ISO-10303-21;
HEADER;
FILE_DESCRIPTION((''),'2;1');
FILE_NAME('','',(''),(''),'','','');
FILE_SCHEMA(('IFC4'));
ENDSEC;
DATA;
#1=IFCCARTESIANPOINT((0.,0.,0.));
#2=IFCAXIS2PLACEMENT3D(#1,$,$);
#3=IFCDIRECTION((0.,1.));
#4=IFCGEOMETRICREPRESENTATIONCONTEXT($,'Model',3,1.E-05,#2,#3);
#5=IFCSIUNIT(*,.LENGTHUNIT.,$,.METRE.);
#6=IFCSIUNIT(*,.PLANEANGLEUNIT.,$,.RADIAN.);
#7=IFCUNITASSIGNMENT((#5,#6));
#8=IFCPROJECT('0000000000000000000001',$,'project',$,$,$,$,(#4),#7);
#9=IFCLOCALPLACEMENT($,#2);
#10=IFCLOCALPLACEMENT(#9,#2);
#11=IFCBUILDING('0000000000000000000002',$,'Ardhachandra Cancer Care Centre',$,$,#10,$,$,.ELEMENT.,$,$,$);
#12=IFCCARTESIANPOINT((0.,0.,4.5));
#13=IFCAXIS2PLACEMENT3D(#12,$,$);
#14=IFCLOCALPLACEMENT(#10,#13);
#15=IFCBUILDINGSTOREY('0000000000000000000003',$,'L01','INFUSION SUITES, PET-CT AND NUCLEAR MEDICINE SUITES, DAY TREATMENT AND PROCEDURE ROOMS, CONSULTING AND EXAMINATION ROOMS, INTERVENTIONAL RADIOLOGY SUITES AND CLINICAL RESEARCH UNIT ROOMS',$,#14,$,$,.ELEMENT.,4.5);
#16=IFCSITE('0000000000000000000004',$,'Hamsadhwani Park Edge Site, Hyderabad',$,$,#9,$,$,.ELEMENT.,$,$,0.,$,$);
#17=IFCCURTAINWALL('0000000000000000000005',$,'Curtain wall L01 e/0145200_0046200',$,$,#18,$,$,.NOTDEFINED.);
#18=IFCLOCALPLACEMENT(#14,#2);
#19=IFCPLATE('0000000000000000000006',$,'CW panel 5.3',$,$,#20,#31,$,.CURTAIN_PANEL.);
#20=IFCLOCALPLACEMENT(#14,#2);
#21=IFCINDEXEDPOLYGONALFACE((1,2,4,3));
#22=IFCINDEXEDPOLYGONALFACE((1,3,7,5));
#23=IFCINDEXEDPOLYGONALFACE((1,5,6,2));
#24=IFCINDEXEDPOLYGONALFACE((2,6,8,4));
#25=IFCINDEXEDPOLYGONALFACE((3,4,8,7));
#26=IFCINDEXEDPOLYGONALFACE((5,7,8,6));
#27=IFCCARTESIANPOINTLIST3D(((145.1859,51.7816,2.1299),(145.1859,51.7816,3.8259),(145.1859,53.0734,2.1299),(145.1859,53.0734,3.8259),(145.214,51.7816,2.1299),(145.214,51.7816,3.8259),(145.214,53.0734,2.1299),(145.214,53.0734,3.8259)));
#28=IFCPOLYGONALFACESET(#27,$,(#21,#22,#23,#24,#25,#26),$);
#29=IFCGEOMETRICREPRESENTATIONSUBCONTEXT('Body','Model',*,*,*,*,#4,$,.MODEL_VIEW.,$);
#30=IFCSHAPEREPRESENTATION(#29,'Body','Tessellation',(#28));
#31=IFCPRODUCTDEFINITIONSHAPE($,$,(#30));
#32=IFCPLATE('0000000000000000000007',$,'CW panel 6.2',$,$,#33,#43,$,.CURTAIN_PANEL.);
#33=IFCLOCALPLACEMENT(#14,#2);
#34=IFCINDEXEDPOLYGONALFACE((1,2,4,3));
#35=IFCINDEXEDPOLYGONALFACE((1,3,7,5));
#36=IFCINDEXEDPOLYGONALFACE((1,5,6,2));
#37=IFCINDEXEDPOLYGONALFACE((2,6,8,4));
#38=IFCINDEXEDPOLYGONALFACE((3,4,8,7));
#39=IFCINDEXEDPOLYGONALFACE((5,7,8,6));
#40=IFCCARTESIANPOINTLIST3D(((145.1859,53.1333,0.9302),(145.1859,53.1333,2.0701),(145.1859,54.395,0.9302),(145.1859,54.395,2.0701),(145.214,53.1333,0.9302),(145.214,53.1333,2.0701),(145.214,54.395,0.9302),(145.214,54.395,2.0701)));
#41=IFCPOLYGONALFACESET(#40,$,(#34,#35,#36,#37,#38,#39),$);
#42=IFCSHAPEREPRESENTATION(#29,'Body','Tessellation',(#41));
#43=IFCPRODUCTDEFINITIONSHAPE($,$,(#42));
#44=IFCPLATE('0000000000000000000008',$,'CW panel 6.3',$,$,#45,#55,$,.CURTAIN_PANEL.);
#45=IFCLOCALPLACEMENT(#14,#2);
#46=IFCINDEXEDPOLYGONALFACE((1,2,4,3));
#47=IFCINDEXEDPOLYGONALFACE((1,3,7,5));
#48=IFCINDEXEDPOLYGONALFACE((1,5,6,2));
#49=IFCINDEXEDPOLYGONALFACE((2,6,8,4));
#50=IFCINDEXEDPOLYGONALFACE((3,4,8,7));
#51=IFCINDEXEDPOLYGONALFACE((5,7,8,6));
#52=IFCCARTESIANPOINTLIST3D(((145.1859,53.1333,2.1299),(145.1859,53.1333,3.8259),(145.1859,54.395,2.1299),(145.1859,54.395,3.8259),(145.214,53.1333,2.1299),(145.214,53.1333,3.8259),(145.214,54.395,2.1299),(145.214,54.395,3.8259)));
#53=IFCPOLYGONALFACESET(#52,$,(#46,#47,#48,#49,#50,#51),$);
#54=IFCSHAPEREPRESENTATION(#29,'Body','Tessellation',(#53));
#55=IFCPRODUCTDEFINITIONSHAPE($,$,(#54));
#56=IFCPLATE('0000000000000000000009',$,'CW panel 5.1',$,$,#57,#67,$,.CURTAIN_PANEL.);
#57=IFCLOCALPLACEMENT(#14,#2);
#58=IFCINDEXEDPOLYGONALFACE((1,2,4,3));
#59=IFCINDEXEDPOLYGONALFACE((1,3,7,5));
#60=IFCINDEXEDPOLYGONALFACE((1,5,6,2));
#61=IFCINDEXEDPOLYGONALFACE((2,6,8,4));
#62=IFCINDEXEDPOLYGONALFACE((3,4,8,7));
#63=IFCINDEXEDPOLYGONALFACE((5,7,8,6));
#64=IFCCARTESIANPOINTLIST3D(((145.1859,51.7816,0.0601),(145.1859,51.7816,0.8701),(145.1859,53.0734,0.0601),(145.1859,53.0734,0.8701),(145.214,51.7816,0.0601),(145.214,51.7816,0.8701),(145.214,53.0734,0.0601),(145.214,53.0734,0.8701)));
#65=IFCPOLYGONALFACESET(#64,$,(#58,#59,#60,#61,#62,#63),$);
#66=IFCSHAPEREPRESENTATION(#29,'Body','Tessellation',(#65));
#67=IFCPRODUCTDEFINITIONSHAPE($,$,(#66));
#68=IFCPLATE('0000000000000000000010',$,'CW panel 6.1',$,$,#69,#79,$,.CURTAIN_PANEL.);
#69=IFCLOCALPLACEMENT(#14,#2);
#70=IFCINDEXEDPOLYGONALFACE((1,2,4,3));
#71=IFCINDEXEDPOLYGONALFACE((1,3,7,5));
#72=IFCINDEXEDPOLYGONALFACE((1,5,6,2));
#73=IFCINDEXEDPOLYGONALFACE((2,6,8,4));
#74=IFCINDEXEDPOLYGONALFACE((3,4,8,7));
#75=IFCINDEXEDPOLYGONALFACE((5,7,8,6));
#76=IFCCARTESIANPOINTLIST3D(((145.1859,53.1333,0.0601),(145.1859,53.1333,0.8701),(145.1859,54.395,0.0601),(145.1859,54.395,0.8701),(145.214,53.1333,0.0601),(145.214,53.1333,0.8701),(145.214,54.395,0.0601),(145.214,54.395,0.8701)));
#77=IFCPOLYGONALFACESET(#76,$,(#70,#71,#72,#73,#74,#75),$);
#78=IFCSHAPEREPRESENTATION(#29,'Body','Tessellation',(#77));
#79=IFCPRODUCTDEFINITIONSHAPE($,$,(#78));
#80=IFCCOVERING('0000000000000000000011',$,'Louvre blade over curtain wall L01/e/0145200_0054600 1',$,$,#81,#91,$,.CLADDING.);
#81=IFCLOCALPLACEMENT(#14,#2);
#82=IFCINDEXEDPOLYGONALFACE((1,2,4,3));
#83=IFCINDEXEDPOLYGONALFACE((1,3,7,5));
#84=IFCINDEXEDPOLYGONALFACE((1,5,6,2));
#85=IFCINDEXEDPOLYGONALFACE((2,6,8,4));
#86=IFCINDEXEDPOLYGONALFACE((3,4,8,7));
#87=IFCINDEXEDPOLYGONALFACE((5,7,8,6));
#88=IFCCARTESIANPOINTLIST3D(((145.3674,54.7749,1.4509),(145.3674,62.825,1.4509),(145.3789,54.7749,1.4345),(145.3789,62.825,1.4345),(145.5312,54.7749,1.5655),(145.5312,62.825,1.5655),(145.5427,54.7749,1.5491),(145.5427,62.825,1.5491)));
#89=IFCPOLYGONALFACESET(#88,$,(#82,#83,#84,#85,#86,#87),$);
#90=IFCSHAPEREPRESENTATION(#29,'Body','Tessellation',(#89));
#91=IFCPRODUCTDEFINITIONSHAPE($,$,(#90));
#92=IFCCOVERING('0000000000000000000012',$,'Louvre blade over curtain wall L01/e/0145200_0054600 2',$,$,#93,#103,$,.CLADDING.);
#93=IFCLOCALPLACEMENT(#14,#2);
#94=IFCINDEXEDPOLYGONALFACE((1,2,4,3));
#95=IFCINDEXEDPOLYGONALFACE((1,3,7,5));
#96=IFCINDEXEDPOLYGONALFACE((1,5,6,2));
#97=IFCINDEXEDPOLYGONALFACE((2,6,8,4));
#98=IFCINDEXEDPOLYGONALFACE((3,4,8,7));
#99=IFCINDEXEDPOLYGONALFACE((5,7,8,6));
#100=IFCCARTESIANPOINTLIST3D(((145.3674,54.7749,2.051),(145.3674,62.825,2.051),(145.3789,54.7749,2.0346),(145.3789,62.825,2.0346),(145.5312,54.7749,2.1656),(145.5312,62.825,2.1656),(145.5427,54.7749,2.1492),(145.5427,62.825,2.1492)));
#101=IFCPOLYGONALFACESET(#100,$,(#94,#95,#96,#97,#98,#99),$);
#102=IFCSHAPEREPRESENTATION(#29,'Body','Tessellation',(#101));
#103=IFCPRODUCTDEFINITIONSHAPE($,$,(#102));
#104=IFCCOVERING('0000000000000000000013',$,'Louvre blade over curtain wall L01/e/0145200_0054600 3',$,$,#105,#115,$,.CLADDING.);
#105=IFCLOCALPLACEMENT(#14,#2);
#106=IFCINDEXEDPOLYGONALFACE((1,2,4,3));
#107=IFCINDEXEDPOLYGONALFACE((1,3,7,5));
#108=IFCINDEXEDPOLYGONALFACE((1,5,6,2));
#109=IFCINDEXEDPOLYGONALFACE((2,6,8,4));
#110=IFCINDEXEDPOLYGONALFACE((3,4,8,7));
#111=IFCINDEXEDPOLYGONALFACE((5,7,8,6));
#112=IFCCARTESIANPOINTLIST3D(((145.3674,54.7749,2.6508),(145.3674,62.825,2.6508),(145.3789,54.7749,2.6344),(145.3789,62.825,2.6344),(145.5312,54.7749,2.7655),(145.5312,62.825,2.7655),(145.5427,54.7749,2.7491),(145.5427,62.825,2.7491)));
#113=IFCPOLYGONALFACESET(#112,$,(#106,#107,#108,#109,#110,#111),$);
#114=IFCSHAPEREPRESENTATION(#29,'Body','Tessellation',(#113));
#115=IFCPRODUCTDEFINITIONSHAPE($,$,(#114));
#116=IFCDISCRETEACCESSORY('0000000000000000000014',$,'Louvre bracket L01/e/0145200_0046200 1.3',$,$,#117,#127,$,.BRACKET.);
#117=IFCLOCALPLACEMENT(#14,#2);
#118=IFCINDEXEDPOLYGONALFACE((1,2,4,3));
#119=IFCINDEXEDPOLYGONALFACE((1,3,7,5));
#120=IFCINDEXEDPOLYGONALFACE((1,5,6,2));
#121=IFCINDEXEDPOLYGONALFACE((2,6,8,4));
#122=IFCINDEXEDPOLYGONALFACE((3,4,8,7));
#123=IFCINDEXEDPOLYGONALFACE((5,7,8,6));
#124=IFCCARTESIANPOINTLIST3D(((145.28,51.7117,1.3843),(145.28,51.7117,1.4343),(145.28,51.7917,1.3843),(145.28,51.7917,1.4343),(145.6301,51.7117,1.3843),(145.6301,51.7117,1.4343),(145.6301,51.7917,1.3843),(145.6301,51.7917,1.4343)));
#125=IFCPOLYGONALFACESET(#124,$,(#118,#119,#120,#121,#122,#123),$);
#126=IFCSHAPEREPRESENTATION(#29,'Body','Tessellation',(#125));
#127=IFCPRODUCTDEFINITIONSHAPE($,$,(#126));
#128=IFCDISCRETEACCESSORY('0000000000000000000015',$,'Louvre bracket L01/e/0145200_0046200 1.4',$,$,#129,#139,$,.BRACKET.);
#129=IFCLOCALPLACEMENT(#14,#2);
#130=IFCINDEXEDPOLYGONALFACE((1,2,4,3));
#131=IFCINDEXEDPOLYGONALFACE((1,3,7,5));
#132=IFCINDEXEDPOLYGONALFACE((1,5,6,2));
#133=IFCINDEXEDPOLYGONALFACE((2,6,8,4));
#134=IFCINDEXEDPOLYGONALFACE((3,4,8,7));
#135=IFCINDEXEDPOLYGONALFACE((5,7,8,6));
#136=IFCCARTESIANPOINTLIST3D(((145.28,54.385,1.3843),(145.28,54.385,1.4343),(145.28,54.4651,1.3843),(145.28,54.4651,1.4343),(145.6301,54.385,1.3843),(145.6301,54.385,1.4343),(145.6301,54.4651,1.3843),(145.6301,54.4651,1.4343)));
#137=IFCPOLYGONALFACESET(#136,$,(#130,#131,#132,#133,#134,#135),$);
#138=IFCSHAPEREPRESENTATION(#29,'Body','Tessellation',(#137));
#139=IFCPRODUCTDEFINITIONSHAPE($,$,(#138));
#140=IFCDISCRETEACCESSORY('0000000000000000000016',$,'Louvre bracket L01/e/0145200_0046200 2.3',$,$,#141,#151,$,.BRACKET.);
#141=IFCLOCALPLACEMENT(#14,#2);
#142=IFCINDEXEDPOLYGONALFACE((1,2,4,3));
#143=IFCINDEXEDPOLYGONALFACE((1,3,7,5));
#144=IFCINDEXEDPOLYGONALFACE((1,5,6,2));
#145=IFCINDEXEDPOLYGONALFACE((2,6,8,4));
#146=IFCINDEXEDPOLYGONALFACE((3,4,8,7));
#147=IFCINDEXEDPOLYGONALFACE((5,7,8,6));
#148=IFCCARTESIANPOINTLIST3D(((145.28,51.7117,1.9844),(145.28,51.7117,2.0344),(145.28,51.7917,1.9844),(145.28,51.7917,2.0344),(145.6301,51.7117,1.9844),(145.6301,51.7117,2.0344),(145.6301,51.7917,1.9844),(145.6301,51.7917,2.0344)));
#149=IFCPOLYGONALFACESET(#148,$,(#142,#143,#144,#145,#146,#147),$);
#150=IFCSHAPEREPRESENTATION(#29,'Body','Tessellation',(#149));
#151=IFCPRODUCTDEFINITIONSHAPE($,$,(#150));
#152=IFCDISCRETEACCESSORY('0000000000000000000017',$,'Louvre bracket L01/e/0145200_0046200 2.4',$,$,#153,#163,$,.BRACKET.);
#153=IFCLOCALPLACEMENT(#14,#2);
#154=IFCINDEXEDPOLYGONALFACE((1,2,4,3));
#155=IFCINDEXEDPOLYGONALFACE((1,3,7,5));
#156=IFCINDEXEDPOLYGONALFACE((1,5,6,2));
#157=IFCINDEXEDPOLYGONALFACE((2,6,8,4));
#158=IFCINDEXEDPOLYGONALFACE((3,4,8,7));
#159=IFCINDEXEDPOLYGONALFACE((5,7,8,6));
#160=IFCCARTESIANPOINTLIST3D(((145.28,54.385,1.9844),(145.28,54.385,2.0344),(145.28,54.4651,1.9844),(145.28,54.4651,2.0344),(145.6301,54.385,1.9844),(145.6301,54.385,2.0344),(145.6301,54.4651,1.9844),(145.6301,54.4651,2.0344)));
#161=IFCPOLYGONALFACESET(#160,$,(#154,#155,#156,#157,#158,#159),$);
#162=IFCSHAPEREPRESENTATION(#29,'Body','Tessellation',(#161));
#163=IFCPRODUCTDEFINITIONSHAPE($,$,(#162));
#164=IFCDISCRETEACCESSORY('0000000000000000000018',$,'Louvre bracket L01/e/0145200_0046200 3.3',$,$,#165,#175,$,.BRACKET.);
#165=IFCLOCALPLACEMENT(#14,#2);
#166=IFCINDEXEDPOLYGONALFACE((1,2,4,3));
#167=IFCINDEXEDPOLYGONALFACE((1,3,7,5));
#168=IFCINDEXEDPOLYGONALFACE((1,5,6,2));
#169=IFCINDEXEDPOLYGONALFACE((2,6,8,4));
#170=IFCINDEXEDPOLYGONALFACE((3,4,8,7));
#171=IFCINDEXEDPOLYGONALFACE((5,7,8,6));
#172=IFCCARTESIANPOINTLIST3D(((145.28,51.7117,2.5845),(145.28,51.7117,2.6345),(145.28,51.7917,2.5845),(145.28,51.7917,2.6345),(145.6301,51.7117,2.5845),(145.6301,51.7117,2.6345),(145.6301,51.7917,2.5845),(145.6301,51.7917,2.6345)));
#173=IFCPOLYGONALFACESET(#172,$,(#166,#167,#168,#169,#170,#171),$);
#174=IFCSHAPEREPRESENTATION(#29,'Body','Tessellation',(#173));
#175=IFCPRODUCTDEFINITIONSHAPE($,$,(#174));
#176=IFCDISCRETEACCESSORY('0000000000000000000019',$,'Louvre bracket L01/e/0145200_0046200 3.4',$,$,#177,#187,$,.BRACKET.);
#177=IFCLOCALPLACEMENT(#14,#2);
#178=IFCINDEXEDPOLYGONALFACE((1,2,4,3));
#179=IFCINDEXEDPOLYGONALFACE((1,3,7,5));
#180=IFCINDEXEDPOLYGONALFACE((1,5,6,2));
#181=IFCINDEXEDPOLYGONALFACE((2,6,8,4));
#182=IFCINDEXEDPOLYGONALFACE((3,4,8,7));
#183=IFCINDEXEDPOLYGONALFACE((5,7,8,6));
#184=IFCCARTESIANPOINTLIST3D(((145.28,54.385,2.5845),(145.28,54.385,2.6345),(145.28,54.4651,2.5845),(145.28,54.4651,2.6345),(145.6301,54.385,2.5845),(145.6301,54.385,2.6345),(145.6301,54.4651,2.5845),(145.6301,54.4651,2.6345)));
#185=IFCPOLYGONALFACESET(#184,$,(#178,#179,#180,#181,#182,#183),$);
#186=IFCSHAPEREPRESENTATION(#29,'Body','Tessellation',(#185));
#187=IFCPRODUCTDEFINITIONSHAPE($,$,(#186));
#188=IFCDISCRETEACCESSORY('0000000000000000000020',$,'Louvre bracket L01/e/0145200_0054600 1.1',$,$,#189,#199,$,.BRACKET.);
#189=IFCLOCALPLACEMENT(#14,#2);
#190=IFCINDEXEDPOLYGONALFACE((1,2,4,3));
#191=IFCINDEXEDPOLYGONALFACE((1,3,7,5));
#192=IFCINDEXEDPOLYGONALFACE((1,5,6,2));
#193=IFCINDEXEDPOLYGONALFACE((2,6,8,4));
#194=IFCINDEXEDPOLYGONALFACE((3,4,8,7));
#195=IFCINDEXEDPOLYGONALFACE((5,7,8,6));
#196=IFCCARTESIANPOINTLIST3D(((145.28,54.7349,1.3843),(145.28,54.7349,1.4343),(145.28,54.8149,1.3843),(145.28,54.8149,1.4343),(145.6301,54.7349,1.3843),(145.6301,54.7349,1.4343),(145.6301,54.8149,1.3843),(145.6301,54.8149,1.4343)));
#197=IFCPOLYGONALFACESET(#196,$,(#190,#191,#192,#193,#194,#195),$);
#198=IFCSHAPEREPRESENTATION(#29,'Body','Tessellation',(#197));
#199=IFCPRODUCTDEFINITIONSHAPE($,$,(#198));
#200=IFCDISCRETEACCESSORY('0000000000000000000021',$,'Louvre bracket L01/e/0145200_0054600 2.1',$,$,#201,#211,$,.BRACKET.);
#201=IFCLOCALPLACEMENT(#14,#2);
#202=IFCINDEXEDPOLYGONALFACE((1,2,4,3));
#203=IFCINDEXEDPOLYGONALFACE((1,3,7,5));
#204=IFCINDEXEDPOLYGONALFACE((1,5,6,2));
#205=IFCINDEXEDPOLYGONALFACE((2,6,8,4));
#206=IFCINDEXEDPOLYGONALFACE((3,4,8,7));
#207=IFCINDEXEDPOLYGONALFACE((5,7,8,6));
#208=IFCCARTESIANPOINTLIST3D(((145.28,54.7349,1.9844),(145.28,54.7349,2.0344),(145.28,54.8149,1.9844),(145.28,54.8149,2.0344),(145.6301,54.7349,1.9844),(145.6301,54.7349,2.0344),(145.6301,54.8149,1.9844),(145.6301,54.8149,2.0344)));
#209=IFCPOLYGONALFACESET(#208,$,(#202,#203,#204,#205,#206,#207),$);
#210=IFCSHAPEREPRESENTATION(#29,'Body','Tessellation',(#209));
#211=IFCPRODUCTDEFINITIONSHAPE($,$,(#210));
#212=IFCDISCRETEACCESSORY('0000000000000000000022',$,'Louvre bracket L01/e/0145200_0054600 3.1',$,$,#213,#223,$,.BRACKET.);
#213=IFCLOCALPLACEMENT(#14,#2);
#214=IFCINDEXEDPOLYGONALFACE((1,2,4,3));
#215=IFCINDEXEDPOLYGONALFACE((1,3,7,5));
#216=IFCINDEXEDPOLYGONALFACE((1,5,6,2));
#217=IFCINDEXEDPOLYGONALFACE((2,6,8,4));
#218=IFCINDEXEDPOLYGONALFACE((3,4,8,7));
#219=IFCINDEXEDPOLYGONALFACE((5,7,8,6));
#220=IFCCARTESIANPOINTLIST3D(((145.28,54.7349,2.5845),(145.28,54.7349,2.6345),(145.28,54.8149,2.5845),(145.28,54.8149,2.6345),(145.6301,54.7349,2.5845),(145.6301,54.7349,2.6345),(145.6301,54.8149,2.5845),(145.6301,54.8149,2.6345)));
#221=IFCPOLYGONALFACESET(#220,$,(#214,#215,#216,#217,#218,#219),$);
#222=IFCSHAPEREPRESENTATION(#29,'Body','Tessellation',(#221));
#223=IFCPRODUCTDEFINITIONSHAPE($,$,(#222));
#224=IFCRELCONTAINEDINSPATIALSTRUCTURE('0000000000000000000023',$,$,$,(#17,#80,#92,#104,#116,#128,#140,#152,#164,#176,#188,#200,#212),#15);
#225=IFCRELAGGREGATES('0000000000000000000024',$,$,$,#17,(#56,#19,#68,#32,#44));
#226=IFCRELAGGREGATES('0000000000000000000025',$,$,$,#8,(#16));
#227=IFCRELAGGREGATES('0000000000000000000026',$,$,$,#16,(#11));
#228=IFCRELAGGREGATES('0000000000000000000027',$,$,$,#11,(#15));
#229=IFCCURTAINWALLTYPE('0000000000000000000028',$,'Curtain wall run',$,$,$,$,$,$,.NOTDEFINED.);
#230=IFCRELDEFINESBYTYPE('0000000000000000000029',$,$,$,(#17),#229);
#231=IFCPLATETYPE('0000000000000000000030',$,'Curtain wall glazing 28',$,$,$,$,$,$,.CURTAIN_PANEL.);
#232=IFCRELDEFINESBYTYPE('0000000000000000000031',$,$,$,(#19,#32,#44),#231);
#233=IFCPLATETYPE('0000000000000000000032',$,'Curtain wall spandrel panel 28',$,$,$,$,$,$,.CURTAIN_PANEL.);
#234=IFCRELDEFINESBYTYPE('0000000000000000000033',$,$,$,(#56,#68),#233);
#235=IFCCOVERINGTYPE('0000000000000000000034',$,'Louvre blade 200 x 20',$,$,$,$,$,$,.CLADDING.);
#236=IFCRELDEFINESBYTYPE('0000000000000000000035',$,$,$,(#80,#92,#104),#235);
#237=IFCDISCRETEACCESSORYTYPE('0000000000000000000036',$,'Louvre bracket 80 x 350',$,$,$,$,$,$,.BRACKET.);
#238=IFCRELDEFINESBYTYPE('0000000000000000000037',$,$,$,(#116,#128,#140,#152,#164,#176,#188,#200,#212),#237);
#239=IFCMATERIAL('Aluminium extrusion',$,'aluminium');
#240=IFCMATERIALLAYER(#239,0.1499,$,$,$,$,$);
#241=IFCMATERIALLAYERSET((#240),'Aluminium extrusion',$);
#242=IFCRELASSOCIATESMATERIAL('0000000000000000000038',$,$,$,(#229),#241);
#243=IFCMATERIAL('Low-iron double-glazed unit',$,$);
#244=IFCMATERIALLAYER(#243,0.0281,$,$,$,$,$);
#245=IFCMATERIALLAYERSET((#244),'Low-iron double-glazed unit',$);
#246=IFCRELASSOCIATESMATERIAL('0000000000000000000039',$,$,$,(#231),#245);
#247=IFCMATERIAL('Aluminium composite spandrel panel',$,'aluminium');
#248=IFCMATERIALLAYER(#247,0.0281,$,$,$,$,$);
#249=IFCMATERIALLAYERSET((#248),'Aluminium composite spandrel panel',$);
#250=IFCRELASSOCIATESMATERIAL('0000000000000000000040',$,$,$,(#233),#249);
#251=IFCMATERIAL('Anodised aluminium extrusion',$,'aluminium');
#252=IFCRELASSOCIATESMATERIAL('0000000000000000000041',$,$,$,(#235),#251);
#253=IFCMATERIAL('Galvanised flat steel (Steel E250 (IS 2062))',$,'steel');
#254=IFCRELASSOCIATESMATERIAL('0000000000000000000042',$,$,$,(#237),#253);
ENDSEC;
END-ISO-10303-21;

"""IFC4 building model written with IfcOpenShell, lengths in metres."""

from ifc_helpers import new_model, si_unit, direction, frame, origin, origin_2d, place, context, subcontext, project, spatial, rectangle, extrude, material, layer, layer_set, material_profile, profile_set, type_object, element, aggregate, save


model = new_model("IFC4")

# Units and contexts
model_context = context("Model", 3, precision=1e-05, world=origin(), true_north=direction((0.0, 1.0)))
body_context = subcontext(model_context, "Body", "Model", "MODEL_VIEW")
ifc_project = project(units=[si_unit("LENGTHUNIT", "METRE"), si_unit("PLANEANGLEUNIT", "RADIAN")], contexts=[model_context])

# Site, building, storey
site_placement = place(None, origin())
site = spatial("IfcSite", under=ifc_project, at=site_placement, Name="Hamsadhwani Park Edge Site, Hyderabad", CompositionType="ELEMENT", RefElevation=0.0)
building_placement = place(site_placement, origin())
building = spatial("IfcBuilding", under=site, at=building_placement, Name="Ardhachandra Cancer Care Centre", CompositionType="ELEMENT")
storey_placement = place(building_placement, frame((0.0, 0.0, 4.5)))
storey = spatial("IfcBuildingStorey", under=building, at=storey_placement, Name="L01", Description="INFUSION SUITES, PET-CT AND NUCLEAR MEDICINE SUITES, DAY TREATMENT AND PROCEDURE ROOMS, CONSULTING AND EXAMINATION ROOMS, INTERVENTIONAL RADIOLOGY SUITES AND CLINICAL RESEARCH UNIT ROOMS", CompositionType="ELEMENT", Elevation=4.5)

# Curtain wall
ifc_material_1 = material(Name="Aluminium extrusion", Category="aluminium")
ifc_layer_1 = layer(ifc_material_1, 0.1499)
ifc_layer_set_1 = layer_set([ifc_layer_1], Name="Aluminium extrusion")
curtain_wall_type = type_object("IfcCurtainWallType", Name="Curtain wall run", PredefinedType="NOTDEFINED", material=ifc_layer_set_1)
curtain_wall_1_placement = place(storey_placement, origin())
curtain_wall_1 = element("IfcCurtainWall", 1, at=curtain_wall_1_placement, inside=storey, type_object=curtain_wall_type, Name="Curtain wall L01 e/0145200_0046200", PredefinedType="NOTDEFINED")

# Plates
ifc_material_2 = material(Name="Low-iron double-glazed unit")
ifc_layer_2 = layer(ifc_material_2, 0.0281)
ifc_layer_set_2 = layer_set([ifc_layer_2], Name="Low-iron double-glazed unit")
plate_type_1 = type_object("IfcPlateType", Name="Curtain wall glazing 28", PredefinedType="CURTAIN_PANEL", material=ifc_layer_set_2)
plate_1_placement = place(storey_placement, frame((145.2, 52.4275, 2.1299), z_axis=(0.0, 0.0, 1.0), x_axis=(0.0, 1.0, 0.0)))
plate_1 = element("IfcPlate", 2, at=plate_1_placement, type_object=plate_type_1, Name="CW panel 5.3", PredefinedType="CURTAIN_PANEL", context=body_context, shape_type="SweptSolid", body=[
    extrude(rectangle(XDim=1.2917, YDim=0.0281, at=origin_2d()), origin(), (0.0, 0.0, 1.0), 1.696),
])
plate_2_placement = place(storey_placement, frame((145.2, 53.7642, 0.9302), z_axis=(0.0, 0.0, 1.0), x_axis=(0.0, 1.0, 0.0)))
plate_2 = element("IfcPlate", 3, at=plate_2_placement, type_object=plate_type_1, Name="CW panel 6.2", PredefinedType="CURTAIN_PANEL", context=body_context, shape_type="SweptSolid", body=[
    extrude(rectangle(XDim=1.2617, YDim=0.0281, at=origin_2d()), origin(), (0.0, 0.0, 1.0), 1.1399),
])
plate_3_placement = place(storey_placement, frame((145.2, 53.7642, 2.1299), z_axis=(0.0, 0.0, 1.0), x_axis=(0.0, 1.0, 0.0)))
plate_3 = element("IfcPlate", 4, at=plate_3_placement, type_object=plate_type_1, Name="CW panel 6.3", PredefinedType="CURTAIN_PANEL", context=body_context, shape_type="SweptSolid", body=[
    extrude(rectangle(XDim=1.2617, YDim=0.0281, at=origin_2d()), origin(), (0.0, 0.0, 1.0), 1.696),
])
ifc_material_3 = material(Name="Aluminium composite spandrel panel", Category="aluminium")
ifc_layer_3 = layer(ifc_material_3, 0.0281)
ifc_layer_set_3 = layer_set([ifc_layer_3], Name="Aluminium composite spandrel panel")
plate_type_2 = type_object("IfcPlateType", Name="Curtain wall spandrel panel 28", PredefinedType="CURTAIN_PANEL", material=ifc_layer_set_3)
plate_4_placement = place(storey_placement, frame((145.2, 52.4275, 0.0601), z_axis=(0.0, 0.0, 1.0), x_axis=(0.0, 1.0, 0.0)))
plate_4 = element("IfcPlate", 5, at=plate_4_placement, type_object=plate_type_2, Name="CW panel 5.1", PredefinedType="CURTAIN_PANEL", context=body_context, shape_type="SweptSolid", body=[
    extrude(rectangle(XDim=1.2917, YDim=0.0281, at=origin_2d()), origin(), (0.0, 0.0, 1.0), 0.8101),
])
plate_5_placement = place(storey_placement, frame((145.2, 53.7642, 0.0601), z_axis=(0.0, 0.0, 1.0), x_axis=(0.0, 1.0, 0.0)))
plate_5 = element("IfcPlate", 6, at=plate_5_placement, type_object=plate_type_2, Name="CW panel 6.1", PredefinedType="CURTAIN_PANEL", context=body_context, shape_type="SweptSolid", body=[
    extrude(rectangle(XDim=1.2617, YDim=0.0281, at=origin_2d()), origin(), (0.0, 0.0, 1.0), 0.8101),
])
aggregate(curtain_wall_1, [plate_4, plate_1, plate_5, plate_2, plate_3])

# Coverings
ifc_material_4 = material(Name="Anodised aluminium extrusion", Category="aluminium")
ifc_material_profile_1 = material_profile(ifc_material_4, rectangle(XDim=0.2, YDim=0.02, at=origin_2d()), Name="Louvre blade 200 x 20")
ifc_profile_set_1 = profile_set([ifc_material_profile_1], Name="Anodised aluminium extrusion")
covering_type = type_object("IfcCoveringType", Name="Louvre blade 200 x 20", PredefinedType="CLADDING", material=ifc_profile_set_1)
for number, where, z_axis, x_axis, name in (
    (7, (145.4551, 54.7749, 1.5), (0.0, 1.0, 0.0), (-0.819152, 0.0, -0.573576), "Louvre blade over curtain wall L01/e/0145200_0054600 1"),
    (8, (145.4551, 54.7749, 2.1001), (0.0, 1.0, 0.0), (-0.819152, 0.0, -0.573576), "Louvre blade over curtain wall L01/e/0145200_0054600 2"),
    (9, (145.4551, 54.7749, 2.7), (0.0, 1.0, 0.0), (-0.819152, 0.0, -0.573576), "Louvre blade over curtain wall L01/e/0145200_0054600 3"),
):
    element("IfcCovering", number, at=place(storey_placement, frame(where, z_axis=z_axis, x_axis=x_axis)), inside=storey, type_object=covering_type, Name=name, PredefinedType="CLADDING", context=body_context, shape_type="SweptSolid", body=[
        extrude(rectangle(XDim=0.2, YDim=0.02, at=origin_2d()), origin(), (0.0, 0.0, 1.0), 8.05),
    ])

# Discrete accessories
ifc_material_5 = material(Name="Galvanised flat steel (Steel E250 (IS 2062))", Category="steel")
discrete_accessory_type = type_object("IfcDiscreteAccessoryType", Name="Louvre bracket 80 x 350", PredefinedType="BRACKET", material=ifc_material_5)
for number, where, z_axis, x_axis, name in (
    (10, (145.4551, 51.7517, 1.3843), (0.0, 0.0, 1.0), (0.0, 1.0, 0.0), "Louvre bracket L01/e/0145200_0046200 1.3"),
    (11, (145.4551, 54.425, 1.3843), (0.0, 0.0, 1.0), (0.0, 1.0, 0.0), "Louvre bracket L01/e/0145200_0046200 1.4"),
    (12, (145.4551, 51.7517, 1.9844), (0.0, 0.0, 1.0), (0.0, 1.0, 0.0), "Louvre bracket L01/e/0145200_0046200 2.3"),
    (13, (145.4551, 54.425, 1.9844), (0.0, 0.0, 1.0), (0.0, 1.0, 0.0), "Louvre bracket L01/e/0145200_0046200 2.4"),
    (14, (145.4551, 51.7517, 2.5845), (0.0, 0.0, 1.0), (0.0, 1.0, 0.0), "Louvre bracket L01/e/0145200_0046200 3.3"),
    (15, (145.4551, 54.425, 2.5845), (0.0, 0.0, 1.0), (0.0, 1.0, 0.0), "Louvre bracket L01/e/0145200_0046200 3.4"),
    (16, (145.4551, 54.7749, 1.3843), (0.0, 0.0, 1.0), (0.0, 1.0, 0.0), "Louvre bracket L01/e/0145200_0054600 1.1"),
    (17, (145.4551, 54.7749, 1.9844), (0.0, 0.0, 1.0), (0.0, 1.0, 0.0), "Louvre bracket L01/e/0145200_0054600 2.1"),
    (18, (145.4551, 54.7749, 2.5845), (0.0, 0.0, 1.0), (0.0, 1.0, 0.0), "Louvre bracket L01/e/0145200_0054600 3.1"),
):
    element("IfcDiscreteAccessory", number, at=place(storey_placement, frame(where, z_axis=z_axis, x_axis=x_axis)), inside=storey, type_object=discrete_accessory_type, Name=name, PredefinedType="BRACKET", context=body_context, shape_type="SweptSolid", body=[
        extrude(rectangle(XDim=0.0801, YDim=0.3501, at=origin_2d()), origin(), (0.0, 0.0, 1.0), 0.05),
    ])

save(model, "model.ifc")
